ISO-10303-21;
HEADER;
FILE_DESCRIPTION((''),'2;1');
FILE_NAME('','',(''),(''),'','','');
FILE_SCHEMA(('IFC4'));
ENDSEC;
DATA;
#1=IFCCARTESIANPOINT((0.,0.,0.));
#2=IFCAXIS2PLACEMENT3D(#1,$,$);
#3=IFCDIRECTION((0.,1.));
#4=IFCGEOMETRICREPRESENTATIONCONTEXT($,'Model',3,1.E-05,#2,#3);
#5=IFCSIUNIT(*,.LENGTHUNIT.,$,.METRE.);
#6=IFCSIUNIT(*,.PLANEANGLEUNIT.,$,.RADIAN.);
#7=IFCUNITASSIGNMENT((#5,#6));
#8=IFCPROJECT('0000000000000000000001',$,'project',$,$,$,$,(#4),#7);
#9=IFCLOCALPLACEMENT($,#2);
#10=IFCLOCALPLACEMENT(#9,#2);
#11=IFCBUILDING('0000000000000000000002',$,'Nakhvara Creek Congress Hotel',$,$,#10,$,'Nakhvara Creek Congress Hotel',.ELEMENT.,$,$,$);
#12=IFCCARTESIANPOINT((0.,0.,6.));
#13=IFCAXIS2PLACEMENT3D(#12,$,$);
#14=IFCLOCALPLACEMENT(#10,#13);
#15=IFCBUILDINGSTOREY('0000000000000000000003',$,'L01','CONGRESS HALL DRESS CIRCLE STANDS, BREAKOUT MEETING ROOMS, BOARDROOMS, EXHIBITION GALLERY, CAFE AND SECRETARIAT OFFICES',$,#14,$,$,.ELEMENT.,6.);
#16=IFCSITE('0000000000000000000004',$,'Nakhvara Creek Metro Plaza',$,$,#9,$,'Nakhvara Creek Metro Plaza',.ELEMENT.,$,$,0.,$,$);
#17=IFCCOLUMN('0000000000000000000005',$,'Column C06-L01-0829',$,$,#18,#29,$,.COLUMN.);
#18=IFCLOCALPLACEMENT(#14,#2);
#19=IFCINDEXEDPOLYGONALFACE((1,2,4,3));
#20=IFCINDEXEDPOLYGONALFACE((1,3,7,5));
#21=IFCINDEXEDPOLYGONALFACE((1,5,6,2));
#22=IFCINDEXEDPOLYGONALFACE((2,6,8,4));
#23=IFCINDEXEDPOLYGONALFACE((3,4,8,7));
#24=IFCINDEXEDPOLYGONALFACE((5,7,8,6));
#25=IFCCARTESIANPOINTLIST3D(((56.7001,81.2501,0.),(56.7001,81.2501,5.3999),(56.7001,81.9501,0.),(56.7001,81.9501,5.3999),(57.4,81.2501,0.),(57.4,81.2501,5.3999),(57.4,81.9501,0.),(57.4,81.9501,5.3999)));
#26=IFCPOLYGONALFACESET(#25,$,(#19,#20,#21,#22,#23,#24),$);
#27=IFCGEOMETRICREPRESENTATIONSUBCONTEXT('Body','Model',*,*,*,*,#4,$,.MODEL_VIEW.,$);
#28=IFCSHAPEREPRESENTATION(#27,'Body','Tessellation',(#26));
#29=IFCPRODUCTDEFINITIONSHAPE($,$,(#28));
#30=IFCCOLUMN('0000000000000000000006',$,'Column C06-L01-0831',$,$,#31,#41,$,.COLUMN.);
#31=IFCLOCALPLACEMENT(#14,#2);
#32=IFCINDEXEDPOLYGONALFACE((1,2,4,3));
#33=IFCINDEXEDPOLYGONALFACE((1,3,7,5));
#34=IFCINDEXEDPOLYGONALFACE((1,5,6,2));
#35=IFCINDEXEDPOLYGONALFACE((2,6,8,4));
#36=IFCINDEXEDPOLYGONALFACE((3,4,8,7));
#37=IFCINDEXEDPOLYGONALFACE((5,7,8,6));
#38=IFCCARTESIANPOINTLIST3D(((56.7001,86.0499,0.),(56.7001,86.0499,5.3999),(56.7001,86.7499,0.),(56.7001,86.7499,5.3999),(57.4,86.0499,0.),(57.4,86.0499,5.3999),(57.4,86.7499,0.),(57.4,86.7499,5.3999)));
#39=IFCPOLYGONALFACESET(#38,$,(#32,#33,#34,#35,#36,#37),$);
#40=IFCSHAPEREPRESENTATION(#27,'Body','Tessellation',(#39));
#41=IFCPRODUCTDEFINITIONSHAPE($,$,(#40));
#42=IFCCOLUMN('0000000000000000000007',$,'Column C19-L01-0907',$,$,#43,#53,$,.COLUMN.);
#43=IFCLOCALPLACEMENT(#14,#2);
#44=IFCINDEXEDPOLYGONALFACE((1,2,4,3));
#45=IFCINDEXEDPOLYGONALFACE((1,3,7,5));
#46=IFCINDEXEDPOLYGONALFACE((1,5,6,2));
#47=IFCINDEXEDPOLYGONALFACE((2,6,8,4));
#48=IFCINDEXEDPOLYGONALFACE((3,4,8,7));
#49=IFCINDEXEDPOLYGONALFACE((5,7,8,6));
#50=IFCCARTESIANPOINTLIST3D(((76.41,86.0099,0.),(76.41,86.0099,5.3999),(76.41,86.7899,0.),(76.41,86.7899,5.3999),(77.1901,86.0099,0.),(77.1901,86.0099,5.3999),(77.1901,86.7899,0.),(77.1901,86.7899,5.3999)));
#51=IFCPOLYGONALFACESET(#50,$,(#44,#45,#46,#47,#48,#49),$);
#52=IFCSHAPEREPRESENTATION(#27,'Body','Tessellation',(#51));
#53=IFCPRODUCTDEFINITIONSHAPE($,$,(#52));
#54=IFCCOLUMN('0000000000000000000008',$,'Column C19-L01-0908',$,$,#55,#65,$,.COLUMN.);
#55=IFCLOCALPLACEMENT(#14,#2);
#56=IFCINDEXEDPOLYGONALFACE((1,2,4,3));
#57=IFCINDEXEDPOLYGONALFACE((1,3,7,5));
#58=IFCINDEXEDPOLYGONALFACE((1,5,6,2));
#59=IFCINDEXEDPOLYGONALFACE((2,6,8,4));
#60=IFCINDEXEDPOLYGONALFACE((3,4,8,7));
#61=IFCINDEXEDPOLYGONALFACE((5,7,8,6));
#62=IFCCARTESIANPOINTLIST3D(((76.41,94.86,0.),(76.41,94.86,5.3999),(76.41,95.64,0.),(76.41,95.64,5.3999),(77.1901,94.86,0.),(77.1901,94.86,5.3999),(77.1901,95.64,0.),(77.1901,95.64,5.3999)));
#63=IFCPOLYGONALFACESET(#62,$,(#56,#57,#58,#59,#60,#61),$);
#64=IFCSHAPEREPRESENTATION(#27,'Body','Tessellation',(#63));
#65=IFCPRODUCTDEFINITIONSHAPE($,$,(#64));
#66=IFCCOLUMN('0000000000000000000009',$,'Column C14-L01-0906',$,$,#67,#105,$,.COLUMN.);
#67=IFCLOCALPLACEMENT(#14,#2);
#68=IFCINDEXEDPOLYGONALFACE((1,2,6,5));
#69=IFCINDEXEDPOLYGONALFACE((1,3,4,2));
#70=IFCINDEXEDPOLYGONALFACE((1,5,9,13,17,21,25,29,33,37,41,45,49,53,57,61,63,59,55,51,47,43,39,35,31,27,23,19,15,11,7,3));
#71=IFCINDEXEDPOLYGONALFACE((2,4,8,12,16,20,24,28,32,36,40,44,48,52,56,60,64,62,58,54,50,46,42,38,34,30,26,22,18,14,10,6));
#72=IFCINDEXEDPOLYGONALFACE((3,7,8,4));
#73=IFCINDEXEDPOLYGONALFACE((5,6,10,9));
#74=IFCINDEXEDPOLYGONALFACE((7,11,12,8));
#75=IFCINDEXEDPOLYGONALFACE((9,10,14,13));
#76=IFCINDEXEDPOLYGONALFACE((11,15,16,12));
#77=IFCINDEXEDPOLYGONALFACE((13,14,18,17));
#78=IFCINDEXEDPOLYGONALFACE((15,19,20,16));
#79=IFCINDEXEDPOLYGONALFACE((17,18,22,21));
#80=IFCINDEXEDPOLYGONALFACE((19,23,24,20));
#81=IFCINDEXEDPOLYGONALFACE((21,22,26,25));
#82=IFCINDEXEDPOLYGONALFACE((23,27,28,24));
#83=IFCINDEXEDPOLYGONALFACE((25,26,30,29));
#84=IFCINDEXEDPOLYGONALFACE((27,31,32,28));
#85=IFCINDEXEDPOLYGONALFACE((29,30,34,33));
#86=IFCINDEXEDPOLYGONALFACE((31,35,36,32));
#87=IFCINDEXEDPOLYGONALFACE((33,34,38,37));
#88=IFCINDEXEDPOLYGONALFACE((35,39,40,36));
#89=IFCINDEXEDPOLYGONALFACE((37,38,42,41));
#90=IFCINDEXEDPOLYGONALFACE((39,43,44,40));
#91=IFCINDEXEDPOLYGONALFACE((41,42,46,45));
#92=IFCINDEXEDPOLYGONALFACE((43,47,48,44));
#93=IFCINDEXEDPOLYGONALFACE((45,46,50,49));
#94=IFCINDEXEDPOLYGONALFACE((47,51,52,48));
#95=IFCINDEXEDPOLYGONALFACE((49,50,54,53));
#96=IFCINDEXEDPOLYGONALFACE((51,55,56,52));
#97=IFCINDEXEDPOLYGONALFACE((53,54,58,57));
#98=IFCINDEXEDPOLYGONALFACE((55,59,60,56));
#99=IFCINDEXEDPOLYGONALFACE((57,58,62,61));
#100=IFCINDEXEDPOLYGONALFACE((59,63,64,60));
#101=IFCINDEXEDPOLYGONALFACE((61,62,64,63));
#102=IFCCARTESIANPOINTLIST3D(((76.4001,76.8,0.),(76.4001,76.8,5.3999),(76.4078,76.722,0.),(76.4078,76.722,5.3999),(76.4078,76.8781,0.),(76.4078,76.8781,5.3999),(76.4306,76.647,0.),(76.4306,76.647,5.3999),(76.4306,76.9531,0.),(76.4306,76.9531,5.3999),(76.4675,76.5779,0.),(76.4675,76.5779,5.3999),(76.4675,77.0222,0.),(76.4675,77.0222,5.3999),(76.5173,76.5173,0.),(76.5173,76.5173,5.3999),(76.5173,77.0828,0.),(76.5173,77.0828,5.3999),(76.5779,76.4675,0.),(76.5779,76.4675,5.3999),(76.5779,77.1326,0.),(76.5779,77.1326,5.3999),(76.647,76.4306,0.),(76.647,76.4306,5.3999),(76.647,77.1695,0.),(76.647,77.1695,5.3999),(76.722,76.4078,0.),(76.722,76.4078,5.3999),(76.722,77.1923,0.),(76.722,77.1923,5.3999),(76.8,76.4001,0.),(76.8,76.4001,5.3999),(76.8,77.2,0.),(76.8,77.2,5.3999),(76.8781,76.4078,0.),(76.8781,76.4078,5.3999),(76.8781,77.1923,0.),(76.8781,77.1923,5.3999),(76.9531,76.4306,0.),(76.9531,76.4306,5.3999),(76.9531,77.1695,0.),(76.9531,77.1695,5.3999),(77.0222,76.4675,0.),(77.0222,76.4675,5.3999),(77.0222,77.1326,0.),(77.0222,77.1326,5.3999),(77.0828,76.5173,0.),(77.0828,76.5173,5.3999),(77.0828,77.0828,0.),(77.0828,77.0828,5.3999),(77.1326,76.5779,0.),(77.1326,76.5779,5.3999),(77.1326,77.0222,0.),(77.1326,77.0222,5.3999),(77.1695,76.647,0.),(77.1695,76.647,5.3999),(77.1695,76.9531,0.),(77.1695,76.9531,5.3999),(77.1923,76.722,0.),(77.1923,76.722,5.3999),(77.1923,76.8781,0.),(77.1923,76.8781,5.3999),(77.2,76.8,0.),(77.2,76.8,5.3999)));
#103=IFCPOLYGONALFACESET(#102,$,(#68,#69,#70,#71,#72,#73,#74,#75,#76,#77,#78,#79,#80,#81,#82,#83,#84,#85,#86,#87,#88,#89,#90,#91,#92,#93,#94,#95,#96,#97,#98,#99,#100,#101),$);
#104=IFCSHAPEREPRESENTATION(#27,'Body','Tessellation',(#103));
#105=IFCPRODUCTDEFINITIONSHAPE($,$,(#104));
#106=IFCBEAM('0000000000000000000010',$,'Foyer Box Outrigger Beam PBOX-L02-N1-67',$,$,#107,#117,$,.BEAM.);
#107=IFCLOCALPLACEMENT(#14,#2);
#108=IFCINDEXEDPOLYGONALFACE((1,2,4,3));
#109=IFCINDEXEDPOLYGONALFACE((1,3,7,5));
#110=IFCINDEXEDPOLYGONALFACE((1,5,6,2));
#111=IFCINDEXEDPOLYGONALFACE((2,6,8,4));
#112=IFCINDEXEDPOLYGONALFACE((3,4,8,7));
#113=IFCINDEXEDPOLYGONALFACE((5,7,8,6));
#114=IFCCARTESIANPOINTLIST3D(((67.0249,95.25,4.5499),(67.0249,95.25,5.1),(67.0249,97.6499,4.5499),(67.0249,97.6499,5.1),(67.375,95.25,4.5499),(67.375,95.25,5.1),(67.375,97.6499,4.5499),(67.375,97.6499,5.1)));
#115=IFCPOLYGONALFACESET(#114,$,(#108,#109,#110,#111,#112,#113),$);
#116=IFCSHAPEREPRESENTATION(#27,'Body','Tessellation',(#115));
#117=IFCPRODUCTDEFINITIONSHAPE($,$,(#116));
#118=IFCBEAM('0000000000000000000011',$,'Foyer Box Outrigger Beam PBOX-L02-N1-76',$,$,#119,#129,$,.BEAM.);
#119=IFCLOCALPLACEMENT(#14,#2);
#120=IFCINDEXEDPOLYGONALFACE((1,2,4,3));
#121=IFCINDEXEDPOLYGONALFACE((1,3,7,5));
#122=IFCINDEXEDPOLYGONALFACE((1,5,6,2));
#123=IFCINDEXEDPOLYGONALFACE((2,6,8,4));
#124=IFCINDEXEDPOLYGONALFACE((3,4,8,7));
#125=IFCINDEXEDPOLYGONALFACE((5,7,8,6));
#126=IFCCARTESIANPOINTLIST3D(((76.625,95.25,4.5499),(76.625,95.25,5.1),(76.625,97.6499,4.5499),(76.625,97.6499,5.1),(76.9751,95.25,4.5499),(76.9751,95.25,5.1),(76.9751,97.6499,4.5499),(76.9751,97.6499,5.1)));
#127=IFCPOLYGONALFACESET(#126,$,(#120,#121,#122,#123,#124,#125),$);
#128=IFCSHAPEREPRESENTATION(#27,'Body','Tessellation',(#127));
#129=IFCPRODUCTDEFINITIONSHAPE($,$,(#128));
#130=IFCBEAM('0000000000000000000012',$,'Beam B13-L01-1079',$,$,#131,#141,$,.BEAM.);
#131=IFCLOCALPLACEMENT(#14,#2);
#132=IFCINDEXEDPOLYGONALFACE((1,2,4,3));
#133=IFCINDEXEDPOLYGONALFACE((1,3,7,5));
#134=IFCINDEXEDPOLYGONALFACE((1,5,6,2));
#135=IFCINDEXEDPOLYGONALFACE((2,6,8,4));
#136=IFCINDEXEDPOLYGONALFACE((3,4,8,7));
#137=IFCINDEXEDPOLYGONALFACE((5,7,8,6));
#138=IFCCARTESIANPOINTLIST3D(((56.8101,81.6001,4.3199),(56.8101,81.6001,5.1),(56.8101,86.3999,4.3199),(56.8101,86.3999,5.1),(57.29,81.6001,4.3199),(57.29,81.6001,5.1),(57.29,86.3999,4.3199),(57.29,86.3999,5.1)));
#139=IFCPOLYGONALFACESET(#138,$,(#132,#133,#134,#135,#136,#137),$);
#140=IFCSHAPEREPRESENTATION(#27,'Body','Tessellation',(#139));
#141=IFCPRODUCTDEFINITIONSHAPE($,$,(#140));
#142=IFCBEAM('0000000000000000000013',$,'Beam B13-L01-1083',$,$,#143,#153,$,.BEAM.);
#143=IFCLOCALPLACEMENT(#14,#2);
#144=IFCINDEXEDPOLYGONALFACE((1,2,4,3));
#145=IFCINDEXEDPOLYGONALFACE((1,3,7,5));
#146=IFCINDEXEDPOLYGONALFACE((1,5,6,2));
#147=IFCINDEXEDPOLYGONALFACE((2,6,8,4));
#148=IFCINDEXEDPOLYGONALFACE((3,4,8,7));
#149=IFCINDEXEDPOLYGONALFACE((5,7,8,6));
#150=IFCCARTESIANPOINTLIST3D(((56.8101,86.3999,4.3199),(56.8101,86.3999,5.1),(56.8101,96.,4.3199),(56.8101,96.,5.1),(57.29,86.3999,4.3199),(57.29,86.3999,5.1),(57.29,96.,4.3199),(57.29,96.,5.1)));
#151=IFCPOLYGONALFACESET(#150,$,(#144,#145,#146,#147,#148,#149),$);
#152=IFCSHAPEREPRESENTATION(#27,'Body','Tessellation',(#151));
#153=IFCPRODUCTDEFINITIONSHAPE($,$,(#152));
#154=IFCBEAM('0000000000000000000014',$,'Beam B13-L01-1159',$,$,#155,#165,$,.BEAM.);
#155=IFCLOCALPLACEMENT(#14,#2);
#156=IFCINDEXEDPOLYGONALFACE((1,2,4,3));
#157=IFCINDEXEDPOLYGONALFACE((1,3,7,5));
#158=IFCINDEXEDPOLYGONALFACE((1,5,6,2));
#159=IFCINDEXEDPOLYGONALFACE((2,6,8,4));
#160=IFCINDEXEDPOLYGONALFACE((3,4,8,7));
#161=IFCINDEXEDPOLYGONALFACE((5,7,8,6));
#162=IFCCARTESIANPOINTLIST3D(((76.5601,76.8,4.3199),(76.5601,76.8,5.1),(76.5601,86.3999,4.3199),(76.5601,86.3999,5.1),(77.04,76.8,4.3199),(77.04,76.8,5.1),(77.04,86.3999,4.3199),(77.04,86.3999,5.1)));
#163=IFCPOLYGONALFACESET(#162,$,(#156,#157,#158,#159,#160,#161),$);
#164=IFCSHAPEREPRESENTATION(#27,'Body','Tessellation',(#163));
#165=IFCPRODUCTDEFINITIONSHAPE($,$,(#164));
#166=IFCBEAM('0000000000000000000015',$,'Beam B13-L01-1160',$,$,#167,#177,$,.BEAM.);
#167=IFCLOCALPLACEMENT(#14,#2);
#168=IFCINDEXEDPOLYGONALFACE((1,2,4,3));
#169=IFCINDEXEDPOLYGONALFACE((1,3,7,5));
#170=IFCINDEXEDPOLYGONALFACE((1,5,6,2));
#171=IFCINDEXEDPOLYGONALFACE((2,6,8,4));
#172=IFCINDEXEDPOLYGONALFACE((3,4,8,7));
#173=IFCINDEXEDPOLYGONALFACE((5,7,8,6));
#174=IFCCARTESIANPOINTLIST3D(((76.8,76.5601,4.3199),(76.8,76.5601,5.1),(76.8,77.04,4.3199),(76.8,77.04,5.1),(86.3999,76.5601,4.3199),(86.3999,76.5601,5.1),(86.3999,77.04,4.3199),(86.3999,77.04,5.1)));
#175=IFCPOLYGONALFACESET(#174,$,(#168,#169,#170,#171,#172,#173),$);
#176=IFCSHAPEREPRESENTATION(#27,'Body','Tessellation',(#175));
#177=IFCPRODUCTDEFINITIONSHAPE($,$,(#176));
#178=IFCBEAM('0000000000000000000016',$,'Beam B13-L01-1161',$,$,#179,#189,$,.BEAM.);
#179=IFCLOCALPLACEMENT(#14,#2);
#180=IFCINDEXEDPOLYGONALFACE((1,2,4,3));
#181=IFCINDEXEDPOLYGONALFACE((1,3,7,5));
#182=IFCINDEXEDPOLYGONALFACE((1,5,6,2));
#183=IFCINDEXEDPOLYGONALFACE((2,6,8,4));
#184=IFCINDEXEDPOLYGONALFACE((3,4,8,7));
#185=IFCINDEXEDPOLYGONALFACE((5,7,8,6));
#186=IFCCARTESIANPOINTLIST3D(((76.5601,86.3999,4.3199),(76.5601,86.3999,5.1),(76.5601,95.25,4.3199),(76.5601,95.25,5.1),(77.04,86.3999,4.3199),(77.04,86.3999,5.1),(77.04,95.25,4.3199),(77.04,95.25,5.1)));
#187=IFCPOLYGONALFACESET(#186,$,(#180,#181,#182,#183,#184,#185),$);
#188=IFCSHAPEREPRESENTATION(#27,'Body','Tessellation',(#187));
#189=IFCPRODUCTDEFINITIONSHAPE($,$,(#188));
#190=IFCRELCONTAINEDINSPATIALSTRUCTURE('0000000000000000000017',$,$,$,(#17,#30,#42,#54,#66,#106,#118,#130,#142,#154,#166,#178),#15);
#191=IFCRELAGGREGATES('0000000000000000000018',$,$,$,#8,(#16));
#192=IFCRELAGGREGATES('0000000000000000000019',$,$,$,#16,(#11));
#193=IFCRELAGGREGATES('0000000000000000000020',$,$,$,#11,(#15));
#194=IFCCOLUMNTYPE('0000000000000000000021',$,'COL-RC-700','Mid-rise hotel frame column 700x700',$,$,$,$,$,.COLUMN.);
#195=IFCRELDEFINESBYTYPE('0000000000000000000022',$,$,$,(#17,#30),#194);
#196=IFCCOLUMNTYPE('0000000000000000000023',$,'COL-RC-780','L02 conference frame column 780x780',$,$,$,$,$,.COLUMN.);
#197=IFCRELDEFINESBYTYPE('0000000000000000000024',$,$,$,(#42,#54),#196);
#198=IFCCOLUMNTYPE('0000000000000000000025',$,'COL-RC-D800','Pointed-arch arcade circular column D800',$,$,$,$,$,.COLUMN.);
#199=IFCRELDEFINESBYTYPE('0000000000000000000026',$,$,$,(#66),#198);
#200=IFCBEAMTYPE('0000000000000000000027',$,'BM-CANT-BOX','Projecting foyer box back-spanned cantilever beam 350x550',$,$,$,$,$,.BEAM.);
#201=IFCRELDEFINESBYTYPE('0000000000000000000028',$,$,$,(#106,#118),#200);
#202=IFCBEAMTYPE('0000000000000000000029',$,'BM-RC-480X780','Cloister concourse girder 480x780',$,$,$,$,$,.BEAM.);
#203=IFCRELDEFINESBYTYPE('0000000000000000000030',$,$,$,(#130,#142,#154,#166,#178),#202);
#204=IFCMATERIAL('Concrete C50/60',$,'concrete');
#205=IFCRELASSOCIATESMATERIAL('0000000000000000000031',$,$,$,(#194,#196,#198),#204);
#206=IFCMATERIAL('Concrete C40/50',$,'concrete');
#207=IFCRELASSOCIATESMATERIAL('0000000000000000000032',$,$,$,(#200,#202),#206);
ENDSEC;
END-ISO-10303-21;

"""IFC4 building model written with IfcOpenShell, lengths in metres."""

from ifc_helpers import new_model, si_unit, direction, frame, origin, origin_2d, place, context, subcontext, project, spatial, rectangle, circle, extrude, material, material_profile, profile_set, type_object, element, save


model = new_model("IFC4")

# Units and contexts
model_context = context("Model", 3, precision=1e-05, world=origin(), true_north=direction((0.0, 1.0)))
body_context = subcontext(model_context, "Body", "Model", "MODEL_VIEW")
ifc_project = project(units=[si_unit("LENGTHUNIT", "METRE"), si_unit("PLANEANGLEUNIT", "RADIAN")], contexts=[model_context])

# Site, building, storey
site_placement = place(None, origin())
site = spatial("IfcSite", under=ifc_project, at=site_placement, Name="Nakhvara Creek Metro Plaza", LongName="Nakhvara Creek Metro Plaza", CompositionType="ELEMENT", RefElevation=0.0)
building_placement = place(site_placement, origin())
building = spatial("IfcBuilding", under=site, at=building_placement, Name="Nakhvara Creek Congress Hotel", LongName="Nakhvara Creek Congress Hotel", CompositionType="ELEMENT")
storey_placement = place(building_placement, frame((0.0, 0.0, 6.0)))
storey = spatial("IfcBuildingStorey", under=building, at=storey_placement, Name="L01", Description="CONGRESS HALL DRESS CIRCLE STANDS, BREAKOUT MEETING ROOMS, BOARDROOMS, EXHIBITION GALLERY, CAFE AND SECRETARIAT OFFICES", CompositionType="ELEMENT", Elevation=6.0)

# Columns
ifc_material_1 = material(Name="Concrete C50/60", Category="concrete")
ifc_material_profile_1 = material_profile(ifc_material_1, rectangle(XDim=0.7, YDim=0.7, at=origin_2d()), Name="RC-COL 700x700", Category="LoadBearing")
ifc_profile_set_1 = profile_set([ifc_material_profile_1], Name="Concrete C50/60")
column_type_1 = type_object("IfcColumnType", Name="COL-RC-700", Description="Mid-rise hotel frame column 700x700", PredefinedType="COLUMN", material=ifc_profile_set_1)
for number, where, z_axis, x_axis, name in (
    (1, (57.05, 81.6001, 0.0), (0.0, 0.0, 1.0), (1.0, 0.0, 0.0), "Column C06-L01-0829"),
    (2, (57.05, 86.3999, 0.0), (0.0, 0.0, 1.0), (1.0, 0.0, 0.0), "Column C06-L01-0831"),
):
    element("IfcColumn", number, at=place(storey_placement, frame(where, z_axis=z_axis, x_axis=x_axis)), inside=storey, type_object=column_type_1, Name=name, PredefinedType="COLUMN", context=body_context, shape_type="SweptSolid", body=[
        extrude(rectangle(XDim=0.7, YDim=0.7, at=origin_2d()), origin(), (0.0, 0.0, 1.0), 5.3999),
    ])
ifc_material_profile_2 = material_profile(ifc_material_1, rectangle(XDim=0.78, YDim=0.78, at=origin_2d()), Name="RC-COL 780x780", Category="LoadBearing")
ifc_profile_set_2 = profile_set([ifc_material_profile_2], Name="Concrete C50/60")
column_type_2 = type_object("IfcColumnType", Name="COL-RC-780", Description="L02 conference frame column 780x780", PredefinedType="COLUMN", material=ifc_profile_set_2)
for number, where, z_axis, x_axis, name in (
    (3, (76.8, 86.3999, 0.0), (0.0, 0.0, 1.0), (1.0, 0.0, 0.0), "Column C19-L01-0907"),
    (4, (76.8, 95.25, 0.0), (0.0, 0.0, 1.0), (1.0, 0.0, 0.0), "Column C19-L01-0908"),
):
    element("IfcColumn", number, at=place(storey_placement, frame(where, z_axis=z_axis, x_axis=x_axis)), inside=storey, type_object=column_type_2, Name=name, PredefinedType="COLUMN", context=body_context, shape_type="SweptSolid", body=[
        extrude(rectangle(XDim=0.78, YDim=0.78, at=origin_2d()), origin(), (0.0, 0.0, 1.0), 5.3999),
    ])
ifc_material_profile_3 = material_profile(ifc_material_1, circle(Radius=0.3999, at=origin_2d()), Name="RC-COL D800", Category="LoadBearing")
ifc_profile_set_3 = profile_set([ifc_material_profile_3], Name="Concrete C50/60")
column_type_3 = type_object("IfcColumnType", Name="COL-RC-D800", Description="Pointed-arch arcade circular column D800", PredefinedType="COLUMN", material=ifc_profile_set_3)
column_placement = place(storey_placement, frame((76.8, 76.8, 0.0), z_axis=(0.0, 0.0, 1.0), x_axis=(1.0, 0.0, 0.0)))
element("IfcColumn", 5, at=column_placement, inside=storey, type_object=column_type_3, Name="Column C14-L01-0906", PredefinedType="COLUMN", context=body_context, shape_type="SweptSolid", body=[
    extrude(circle(Radius=0.3999, at=origin_2d()), origin(), (0.0, 0.0, 1.0), 5.3999),
])

# Beams
ifc_material_2 = material(Name="Concrete C40/50", Category="concrete")
ifc_material_profile_4 = material_profile(ifc_material_2, rectangle(XDim=0.3501, YDim=0.55, at=origin_2d()), Name="RC-BM 350x550", Category="LoadBearing")
ifc_profile_set_4 = profile_set([ifc_material_profile_4], Name="Concrete C40/50")
beam_type_1 = type_object("IfcBeamType", Name="BM-CANT-BOX", Description="Projecting foyer box back-spanned cantilever beam 350x550", PredefinedType="BEAM", material=ifc_profile_set_4)
for number, where, z_axis, x_axis, name in (
    (6, (67.2, 95.25, 4.825), (0.0, 1.0, 0.0), (-1.0, 0.0, 0.0), "Foyer Box Outrigger Beam PBOX-L02-N1-67"),
    (7, (76.8, 95.25, 4.825), (0.0, 1.0, 0.0), (-1.0, 0.0, 0.0), "Foyer Box Outrigger Beam PBOX-L02-N1-76"),
):
    element("IfcBeam", number, at=place(storey_placement, frame(where, z_axis=z_axis, x_axis=x_axis)), inside=storey, type_object=beam_type_1, Name=name, PredefinedType="BEAM", context=body_context, shape_type="SweptSolid", body=[
        extrude(rectangle(XDim=0.3501, YDim=0.55, at=origin_2d()), origin(), (0.0, 0.0, 1.0), 2.3999),
    ])
ifc_material_profile_5 = material_profile(ifc_material_2, rectangle(XDim=0.48, YDim=0.78, at=origin_2d()), Name="RC-BM 480x780", Category="LoadBearing")
ifc_profile_set_5 = profile_set([ifc_material_profile_5], Name="Concrete C40/50")
beam_type_2 = type_object("IfcBeamType", Name="BM-RC-480X780", Description="Cloister concourse girder 480x780", PredefinedType="BEAM", material=ifc_profile_set_5)
beam_1_placement = place(storey_placement, frame((57.05, 81.6001, 4.71), z_axis=(0.0, 1.0, 0.0), x_axis=(-1.0, 0.0, 0.0)))
element("IfcBeam", 8, at=beam_1_placement, inside=storey, type_object=beam_type_2, Name="Beam B13-L01-1079", PredefinedType="BEAM", context=body_context, shape_type="SweptSolid", body=[
    extrude(rectangle(XDim=0.48, YDim=0.78, at=origin_2d()), origin(), (0.0, 0.0, 1.0), 4.7998),
])
beam_2_placement = place(storey_placement, frame((57.05, 86.3999, 4.71), z_axis=(0.0, 1.0, 0.0), x_axis=(-1.0, 0.0, 0.0)))
element("IfcBeam", 9, at=beam_2_placement, inside=storey, type_object=beam_type_2, Name="Beam B13-L01-1083", PredefinedType="BEAM", context=body_context, shape_type="SweptSolid", body=[
    extrude(rectangle(XDim=0.48, YDim=0.78, at=origin_2d()), origin(), (0.0, 0.0, 1.0), 9.6001),
])
for number, where, z_axis, x_axis, name in (
    (10, (76.8, 76.8, 4.71), (0.0, 1.0, 0.0), (-1.0, 0.0, 0.0), "Beam B13-L01-1159"),
    (11, (76.8, 76.8, 4.71), (1.0, 0.0, 0.0), (0.0, 1.0, 0.0), "Beam B13-L01-1160"),
):
    element("IfcBeam", number, at=place(storey_placement, frame(where, z_axis=z_axis, x_axis=x_axis)), inside=storey, type_object=beam_type_2, Name=name, PredefinedType="BEAM", context=body_context, shape_type="SweptSolid", body=[
        extrude(rectangle(XDim=0.48, YDim=0.78, at=origin_2d()), origin(), (0.0, 0.0, 1.0), 9.5999),
    ])
beam_3_placement = place(storey_placement, frame((76.8, 86.3999, 4.71), z_axis=(0.0, 1.0, 0.0), x_axis=(-1.0, 0.0, 0.0)))
element("IfcBeam", 12, at=beam_3_placement, inside=storey, type_object=beam_type_2, Name="Beam B13-L01-1161", PredefinedType="BEAM", context=body_context, shape_type="SweptSolid", body=[
    extrude(rectangle(XDim=0.48, YDim=0.78, at=origin_2d()), origin(), (0.0, 0.0, 1.0), 8.8501),
])

save(model, "model.ifc")
